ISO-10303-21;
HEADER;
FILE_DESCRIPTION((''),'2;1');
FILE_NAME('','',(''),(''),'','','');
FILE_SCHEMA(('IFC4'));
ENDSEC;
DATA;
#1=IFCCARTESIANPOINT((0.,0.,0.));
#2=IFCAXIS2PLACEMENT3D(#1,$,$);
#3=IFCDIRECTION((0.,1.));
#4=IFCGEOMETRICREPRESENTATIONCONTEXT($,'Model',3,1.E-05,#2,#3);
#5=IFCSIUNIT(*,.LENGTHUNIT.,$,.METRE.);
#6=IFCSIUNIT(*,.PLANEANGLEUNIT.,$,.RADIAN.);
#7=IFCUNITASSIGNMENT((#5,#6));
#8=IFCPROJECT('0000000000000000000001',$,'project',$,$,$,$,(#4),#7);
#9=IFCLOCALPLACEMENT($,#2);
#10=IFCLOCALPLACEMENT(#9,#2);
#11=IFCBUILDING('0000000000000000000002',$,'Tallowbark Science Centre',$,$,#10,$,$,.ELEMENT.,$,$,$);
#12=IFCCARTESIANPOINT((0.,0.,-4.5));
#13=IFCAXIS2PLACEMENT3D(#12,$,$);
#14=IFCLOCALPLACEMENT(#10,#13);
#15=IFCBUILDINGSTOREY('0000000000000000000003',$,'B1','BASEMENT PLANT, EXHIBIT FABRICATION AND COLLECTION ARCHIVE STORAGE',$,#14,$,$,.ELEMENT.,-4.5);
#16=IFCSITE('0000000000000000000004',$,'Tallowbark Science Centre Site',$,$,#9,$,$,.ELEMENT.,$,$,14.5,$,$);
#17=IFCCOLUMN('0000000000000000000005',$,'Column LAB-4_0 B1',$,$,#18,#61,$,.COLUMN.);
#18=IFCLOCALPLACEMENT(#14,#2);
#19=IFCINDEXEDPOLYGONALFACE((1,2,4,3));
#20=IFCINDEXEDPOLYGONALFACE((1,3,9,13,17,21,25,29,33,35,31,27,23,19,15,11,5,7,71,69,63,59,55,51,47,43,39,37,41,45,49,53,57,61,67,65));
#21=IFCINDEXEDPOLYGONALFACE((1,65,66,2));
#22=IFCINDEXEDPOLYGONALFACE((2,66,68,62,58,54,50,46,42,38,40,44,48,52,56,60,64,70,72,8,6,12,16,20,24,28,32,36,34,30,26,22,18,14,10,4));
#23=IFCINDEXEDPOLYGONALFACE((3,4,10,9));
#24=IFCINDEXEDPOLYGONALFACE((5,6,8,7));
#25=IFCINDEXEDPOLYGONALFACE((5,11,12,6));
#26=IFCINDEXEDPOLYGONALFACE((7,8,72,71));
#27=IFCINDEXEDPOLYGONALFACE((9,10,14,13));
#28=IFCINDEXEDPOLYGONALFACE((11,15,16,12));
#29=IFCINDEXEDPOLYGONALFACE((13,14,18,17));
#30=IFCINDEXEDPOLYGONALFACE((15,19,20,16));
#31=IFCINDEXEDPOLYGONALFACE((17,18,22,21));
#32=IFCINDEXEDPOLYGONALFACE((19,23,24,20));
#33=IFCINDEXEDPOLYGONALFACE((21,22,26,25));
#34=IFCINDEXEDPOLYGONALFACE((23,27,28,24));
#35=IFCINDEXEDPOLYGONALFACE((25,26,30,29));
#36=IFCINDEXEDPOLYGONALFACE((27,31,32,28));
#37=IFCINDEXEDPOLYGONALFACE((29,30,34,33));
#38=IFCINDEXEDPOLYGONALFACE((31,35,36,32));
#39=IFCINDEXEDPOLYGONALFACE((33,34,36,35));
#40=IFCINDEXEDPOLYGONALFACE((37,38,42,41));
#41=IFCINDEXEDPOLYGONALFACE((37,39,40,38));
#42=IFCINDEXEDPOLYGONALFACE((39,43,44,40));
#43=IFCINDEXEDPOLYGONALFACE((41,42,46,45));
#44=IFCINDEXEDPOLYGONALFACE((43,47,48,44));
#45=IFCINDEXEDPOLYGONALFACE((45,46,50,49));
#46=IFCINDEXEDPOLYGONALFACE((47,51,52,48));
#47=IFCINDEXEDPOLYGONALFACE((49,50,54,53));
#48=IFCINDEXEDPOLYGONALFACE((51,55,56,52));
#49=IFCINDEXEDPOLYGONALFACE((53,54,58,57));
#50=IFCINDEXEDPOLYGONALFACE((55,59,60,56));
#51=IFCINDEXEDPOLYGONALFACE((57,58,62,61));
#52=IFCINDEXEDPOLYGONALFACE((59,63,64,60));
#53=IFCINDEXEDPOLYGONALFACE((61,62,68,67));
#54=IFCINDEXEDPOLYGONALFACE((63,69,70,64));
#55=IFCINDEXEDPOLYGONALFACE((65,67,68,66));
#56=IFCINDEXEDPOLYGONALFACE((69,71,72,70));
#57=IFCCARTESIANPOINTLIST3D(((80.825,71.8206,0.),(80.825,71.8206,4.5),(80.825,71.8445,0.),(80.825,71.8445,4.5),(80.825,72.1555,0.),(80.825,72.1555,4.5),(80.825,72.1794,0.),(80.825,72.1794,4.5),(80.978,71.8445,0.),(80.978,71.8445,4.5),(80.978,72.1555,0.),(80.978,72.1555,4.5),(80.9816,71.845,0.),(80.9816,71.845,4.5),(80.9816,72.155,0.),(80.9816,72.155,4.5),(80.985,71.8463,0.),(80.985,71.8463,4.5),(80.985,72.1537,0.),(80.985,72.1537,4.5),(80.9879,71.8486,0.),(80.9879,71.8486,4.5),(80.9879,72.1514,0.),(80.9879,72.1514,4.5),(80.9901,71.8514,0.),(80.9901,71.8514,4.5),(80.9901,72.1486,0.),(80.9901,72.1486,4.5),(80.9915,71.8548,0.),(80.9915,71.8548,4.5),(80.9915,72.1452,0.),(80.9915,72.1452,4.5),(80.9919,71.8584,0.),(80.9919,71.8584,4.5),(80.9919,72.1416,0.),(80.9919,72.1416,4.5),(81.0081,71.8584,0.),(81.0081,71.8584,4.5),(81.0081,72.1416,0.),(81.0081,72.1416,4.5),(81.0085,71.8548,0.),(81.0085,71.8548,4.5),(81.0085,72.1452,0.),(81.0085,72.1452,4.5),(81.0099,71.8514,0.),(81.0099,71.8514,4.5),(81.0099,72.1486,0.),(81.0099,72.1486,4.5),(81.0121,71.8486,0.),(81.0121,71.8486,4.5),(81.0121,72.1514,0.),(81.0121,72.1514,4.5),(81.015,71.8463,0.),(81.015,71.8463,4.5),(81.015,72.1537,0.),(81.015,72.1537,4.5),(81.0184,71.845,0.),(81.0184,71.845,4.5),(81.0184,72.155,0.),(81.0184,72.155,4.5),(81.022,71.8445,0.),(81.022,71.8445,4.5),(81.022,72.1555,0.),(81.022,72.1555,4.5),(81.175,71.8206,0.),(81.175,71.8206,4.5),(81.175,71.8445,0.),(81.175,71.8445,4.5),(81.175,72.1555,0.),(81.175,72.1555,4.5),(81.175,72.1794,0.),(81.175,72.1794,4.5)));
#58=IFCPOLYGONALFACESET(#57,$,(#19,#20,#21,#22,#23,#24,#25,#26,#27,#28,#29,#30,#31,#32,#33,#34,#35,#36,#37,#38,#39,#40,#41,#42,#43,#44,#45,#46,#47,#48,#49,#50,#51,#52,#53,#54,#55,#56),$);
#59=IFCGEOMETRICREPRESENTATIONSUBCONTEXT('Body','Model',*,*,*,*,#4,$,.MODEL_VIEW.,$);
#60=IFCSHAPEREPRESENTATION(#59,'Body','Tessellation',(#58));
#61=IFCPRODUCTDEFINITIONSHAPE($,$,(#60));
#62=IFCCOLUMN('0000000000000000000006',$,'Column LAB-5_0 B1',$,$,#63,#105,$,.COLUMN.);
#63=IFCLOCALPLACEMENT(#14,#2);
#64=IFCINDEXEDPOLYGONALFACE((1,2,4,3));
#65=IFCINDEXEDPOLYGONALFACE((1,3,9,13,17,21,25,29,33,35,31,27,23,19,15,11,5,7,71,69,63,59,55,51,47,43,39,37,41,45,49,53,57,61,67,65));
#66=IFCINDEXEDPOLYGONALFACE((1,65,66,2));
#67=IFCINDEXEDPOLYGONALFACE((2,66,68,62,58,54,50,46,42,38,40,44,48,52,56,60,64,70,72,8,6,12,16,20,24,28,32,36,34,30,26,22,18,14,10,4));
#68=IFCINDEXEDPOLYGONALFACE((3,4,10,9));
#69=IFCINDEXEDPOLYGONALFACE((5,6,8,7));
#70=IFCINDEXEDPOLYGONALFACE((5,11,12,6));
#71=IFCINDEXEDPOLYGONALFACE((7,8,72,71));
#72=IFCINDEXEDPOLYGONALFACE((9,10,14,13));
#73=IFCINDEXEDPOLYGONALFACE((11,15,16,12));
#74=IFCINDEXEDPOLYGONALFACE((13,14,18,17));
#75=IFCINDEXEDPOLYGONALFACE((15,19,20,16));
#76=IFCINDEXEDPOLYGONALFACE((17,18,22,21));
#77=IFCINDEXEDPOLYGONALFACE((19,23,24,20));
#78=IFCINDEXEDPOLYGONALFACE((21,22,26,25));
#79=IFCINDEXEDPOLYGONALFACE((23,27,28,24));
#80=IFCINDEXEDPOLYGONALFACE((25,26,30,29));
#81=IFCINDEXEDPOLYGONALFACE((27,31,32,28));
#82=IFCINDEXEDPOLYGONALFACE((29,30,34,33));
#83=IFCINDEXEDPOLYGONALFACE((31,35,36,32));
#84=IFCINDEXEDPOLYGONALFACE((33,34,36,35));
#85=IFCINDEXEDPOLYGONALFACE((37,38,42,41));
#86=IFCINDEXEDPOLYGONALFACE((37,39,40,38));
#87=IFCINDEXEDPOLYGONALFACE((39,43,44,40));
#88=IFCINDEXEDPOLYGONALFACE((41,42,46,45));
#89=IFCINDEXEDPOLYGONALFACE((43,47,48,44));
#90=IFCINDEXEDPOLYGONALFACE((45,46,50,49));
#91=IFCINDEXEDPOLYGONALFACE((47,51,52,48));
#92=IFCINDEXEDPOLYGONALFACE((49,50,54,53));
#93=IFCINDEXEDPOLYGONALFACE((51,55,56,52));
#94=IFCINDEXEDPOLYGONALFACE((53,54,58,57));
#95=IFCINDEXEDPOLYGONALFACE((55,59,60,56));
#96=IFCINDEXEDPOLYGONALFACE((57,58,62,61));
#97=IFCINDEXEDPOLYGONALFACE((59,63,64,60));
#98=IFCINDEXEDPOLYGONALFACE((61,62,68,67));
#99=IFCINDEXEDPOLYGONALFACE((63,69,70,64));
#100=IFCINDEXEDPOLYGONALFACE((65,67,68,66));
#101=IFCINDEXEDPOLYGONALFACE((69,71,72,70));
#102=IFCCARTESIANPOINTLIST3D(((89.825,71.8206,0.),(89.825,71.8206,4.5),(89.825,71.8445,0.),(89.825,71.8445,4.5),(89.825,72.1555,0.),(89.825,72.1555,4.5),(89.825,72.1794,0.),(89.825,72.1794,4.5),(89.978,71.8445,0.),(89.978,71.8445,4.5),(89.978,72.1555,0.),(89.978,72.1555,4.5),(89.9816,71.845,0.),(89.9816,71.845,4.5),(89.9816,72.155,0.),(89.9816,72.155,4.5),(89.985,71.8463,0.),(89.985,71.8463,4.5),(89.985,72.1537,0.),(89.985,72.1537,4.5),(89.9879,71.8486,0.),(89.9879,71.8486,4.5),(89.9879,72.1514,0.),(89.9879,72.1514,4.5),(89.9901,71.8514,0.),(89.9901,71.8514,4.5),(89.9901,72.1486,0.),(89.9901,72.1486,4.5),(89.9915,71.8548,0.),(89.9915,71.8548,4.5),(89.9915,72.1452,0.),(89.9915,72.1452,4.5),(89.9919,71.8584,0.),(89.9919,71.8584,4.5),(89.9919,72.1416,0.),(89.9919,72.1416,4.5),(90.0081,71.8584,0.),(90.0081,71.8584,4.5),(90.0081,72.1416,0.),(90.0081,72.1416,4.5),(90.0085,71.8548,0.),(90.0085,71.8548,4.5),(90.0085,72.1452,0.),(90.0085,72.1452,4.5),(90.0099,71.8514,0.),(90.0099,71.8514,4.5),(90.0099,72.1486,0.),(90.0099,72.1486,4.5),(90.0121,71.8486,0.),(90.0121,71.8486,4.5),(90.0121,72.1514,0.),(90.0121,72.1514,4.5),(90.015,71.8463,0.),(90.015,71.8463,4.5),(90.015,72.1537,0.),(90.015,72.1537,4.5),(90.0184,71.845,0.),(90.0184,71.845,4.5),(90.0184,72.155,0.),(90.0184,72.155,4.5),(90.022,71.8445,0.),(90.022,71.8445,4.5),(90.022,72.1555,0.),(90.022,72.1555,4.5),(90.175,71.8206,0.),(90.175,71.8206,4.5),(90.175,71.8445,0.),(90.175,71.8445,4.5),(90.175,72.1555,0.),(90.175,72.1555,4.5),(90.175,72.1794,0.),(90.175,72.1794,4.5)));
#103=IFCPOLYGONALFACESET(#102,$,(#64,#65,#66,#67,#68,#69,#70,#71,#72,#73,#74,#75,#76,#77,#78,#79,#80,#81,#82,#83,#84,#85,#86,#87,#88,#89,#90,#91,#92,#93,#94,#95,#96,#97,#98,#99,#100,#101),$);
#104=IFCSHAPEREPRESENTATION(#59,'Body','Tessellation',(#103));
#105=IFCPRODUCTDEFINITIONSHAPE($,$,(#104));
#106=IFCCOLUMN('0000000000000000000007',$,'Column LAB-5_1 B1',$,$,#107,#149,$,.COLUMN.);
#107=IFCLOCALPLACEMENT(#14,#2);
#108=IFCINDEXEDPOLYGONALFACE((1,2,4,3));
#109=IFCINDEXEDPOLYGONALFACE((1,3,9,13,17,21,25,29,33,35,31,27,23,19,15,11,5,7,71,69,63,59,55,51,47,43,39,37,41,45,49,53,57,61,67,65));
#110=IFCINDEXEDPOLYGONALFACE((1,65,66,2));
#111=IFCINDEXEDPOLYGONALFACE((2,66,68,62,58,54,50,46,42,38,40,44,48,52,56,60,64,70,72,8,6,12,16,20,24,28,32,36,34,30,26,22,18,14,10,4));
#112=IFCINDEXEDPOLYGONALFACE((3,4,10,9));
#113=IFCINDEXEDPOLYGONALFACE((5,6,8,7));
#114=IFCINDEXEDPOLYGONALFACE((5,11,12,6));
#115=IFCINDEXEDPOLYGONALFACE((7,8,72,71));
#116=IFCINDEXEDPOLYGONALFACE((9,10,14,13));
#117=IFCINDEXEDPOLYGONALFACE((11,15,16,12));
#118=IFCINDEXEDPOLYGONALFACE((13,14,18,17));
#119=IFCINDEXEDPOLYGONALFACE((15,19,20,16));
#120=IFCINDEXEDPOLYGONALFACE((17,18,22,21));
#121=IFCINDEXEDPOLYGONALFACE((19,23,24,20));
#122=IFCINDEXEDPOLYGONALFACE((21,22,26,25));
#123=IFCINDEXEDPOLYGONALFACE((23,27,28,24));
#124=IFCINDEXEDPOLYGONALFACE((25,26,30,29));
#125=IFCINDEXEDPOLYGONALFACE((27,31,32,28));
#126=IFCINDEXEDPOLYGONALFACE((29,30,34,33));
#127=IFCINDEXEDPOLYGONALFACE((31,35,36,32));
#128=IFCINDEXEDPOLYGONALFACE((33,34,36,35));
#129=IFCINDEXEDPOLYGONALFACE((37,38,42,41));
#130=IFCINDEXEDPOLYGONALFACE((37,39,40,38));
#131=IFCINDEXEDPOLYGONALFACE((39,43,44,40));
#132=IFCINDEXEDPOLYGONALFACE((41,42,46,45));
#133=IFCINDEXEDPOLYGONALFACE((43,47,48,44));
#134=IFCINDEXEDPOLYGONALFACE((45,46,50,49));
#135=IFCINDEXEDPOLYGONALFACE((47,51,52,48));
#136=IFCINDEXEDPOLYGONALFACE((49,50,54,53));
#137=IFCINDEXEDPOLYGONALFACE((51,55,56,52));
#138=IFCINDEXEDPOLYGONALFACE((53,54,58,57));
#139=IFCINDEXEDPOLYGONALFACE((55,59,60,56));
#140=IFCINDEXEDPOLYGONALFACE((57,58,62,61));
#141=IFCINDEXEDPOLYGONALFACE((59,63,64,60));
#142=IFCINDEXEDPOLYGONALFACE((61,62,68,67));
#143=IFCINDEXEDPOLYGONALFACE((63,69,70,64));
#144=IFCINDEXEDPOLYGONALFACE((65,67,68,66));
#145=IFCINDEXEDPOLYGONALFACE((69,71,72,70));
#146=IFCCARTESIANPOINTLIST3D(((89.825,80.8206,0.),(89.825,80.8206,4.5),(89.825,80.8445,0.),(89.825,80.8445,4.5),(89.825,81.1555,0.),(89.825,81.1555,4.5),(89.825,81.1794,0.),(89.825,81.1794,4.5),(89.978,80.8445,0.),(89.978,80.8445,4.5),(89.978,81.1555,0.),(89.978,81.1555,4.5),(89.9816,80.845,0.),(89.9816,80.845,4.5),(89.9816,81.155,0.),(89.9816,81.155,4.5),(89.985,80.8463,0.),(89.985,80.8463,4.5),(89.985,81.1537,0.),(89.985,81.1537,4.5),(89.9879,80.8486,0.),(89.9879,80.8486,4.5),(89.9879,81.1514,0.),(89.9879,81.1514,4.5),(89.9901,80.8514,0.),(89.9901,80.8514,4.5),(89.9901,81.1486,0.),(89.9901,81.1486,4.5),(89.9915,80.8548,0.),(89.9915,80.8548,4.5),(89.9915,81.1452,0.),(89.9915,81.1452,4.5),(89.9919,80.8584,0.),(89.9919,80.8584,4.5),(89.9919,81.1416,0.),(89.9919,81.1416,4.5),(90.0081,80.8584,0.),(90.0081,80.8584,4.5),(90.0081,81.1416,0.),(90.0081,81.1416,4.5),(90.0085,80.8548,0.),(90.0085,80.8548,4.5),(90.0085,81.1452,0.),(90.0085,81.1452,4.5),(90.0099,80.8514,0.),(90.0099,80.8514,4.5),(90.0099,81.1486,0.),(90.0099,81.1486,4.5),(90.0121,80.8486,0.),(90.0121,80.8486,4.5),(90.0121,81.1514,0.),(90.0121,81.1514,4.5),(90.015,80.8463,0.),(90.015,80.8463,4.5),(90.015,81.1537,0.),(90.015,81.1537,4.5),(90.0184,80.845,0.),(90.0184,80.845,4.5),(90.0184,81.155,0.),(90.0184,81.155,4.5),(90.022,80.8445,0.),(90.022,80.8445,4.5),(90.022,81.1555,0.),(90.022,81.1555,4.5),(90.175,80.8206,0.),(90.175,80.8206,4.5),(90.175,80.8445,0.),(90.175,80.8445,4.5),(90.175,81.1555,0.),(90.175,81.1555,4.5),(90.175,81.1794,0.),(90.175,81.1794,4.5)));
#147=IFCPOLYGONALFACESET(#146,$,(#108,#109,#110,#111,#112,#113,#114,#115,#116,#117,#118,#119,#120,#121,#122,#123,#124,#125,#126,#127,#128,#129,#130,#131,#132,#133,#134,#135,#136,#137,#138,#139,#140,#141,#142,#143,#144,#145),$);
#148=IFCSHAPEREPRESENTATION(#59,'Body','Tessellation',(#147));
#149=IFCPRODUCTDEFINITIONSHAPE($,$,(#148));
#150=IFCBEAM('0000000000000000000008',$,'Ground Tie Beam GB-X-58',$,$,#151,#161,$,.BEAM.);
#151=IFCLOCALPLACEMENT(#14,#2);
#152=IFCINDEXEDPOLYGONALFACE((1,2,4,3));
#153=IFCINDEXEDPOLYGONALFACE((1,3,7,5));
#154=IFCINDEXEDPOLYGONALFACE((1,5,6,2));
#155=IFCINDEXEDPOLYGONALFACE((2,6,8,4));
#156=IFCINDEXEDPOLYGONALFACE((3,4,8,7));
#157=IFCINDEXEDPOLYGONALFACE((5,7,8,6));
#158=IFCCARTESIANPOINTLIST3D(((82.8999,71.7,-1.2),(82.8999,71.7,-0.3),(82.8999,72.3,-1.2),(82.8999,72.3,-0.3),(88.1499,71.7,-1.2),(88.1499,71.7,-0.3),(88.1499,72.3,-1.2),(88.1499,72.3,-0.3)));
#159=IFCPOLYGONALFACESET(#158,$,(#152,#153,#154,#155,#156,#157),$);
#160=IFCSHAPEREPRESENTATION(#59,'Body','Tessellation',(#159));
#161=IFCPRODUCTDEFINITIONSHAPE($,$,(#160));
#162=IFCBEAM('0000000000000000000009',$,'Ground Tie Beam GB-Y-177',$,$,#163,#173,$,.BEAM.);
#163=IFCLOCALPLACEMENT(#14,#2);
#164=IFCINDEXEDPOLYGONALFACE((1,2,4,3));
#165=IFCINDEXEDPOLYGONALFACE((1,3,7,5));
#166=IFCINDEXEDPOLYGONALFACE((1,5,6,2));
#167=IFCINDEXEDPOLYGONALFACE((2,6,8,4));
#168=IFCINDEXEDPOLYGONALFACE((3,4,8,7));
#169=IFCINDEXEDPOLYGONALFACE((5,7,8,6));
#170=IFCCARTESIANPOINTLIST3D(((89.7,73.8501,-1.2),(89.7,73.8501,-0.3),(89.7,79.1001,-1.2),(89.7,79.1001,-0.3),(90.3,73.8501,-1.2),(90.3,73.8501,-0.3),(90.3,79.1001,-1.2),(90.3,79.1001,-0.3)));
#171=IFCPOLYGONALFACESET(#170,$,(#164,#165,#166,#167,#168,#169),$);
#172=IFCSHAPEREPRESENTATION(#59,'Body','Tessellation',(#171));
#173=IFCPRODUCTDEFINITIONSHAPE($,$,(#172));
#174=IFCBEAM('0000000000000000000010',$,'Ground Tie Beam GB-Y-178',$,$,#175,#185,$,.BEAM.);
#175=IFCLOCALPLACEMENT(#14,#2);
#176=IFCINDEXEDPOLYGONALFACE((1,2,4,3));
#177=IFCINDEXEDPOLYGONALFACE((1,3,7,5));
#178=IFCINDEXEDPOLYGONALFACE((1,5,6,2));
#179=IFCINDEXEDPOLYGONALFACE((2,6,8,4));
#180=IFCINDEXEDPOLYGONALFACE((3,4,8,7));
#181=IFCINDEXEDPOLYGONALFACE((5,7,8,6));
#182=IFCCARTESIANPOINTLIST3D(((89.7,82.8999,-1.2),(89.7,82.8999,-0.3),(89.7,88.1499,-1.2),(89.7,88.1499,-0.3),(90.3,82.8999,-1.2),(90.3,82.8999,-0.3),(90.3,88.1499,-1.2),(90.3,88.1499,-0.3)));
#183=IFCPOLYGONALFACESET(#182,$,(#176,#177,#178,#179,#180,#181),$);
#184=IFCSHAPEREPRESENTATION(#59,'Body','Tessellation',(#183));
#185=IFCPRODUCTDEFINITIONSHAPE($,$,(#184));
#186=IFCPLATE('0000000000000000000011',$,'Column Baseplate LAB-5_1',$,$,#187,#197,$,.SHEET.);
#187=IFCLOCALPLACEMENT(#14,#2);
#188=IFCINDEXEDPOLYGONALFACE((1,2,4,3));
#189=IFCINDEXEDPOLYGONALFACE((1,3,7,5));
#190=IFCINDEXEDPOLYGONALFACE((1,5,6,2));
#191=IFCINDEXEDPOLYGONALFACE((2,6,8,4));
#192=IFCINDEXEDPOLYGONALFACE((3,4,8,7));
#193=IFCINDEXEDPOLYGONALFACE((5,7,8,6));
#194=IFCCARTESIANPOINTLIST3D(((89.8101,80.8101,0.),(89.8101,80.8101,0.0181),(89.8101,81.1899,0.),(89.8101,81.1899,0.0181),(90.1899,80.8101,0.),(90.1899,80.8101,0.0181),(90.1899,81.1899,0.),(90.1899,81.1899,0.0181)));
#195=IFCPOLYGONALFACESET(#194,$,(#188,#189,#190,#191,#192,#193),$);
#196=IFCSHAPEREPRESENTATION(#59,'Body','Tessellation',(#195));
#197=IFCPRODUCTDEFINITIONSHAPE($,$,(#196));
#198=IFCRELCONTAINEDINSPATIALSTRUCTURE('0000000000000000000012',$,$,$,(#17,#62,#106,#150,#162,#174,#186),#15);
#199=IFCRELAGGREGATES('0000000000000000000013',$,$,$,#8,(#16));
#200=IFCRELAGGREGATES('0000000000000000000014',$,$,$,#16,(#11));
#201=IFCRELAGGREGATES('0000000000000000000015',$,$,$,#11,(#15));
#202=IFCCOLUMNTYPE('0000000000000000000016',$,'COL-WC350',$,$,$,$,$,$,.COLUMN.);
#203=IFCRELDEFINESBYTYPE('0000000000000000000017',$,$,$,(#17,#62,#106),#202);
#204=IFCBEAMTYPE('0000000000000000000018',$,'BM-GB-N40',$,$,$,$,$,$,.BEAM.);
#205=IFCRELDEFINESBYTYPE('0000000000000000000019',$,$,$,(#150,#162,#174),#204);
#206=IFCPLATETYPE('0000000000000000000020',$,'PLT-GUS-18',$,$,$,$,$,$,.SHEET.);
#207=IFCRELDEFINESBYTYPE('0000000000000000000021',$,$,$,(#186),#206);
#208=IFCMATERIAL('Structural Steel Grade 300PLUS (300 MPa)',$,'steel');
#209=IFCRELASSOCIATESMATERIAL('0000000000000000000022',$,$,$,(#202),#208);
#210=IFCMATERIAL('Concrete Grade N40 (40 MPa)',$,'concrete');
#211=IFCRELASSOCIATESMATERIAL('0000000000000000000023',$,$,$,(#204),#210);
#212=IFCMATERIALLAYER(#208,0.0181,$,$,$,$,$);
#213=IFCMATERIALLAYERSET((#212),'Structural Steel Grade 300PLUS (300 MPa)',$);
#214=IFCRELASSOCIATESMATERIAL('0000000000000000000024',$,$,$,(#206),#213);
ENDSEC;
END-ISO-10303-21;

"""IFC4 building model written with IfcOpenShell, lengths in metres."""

from ifc_helpers import new_model, si_unit, direction, frame, origin, origin_2d, place, context, subcontext, project, spatial, rectangle, i_section, extrude, material, layer, layer_set, material_profile, profile_set, type_object, element, save


model = new_model("IFC4")

# Units and contexts
model_context = context("Model", 3, precision=1e-05, world=origin(), true_north=direction((0.0, 1.0)))
body_context = subcontext(model_context, "Body", "Model", "MODEL_VIEW")
ifc_project = project(units=[si_unit("LENGTHUNIT", "METRE"), si_unit("PLANEANGLEUNIT", "RADIAN")], contexts=[model_context])

# Site, building, storey
site_placement = place(None, origin())
site = spatial("IfcSite", under=ifc_project, at=site_placement, Name="Tallowbark Science Centre Site", CompositionType="ELEMENT", RefElevation=14.5)
building_placement = place(site_placement, origin())
building = spatial("IfcBuilding", under=site, at=building_placement, Name="Tallowbark Science Centre", CompositionType="ELEMENT")
storey_placement = place(building_placement, frame((0.0, 0.0, -4.5)))
storey = spatial("IfcBuildingStorey", under=building, at=storey_placement, Name="B1", Description="BASEMENT PLANT, EXHIBIT FABRICATION AND COLLECTION ARCHIVE STORAGE", CompositionType="ELEMENT", Elevation=-4.5)

# Shared definitions
ifc_material_1 = material(Name="Concrete Grade N40 (40 MPa)", Category="concrete")

# Columns
ifc_material_2 = material(Name="Structural Steel Grade 300PLUS (300 MPa)", Category="steel")
ifc_material_profile_1 = material_profile(ifc_material_2, i_section(OverallWidth=0.3501, OverallDepth=0.3589, WebThickness=0.0161, FlangeThickness=0.0239, FilletRadius=0.0139, at=origin_2d()), Name="350WC197")
ifc_profile_set_1 = profile_set([ifc_material_profile_1], Name="Structural Steel Grade 300PLUS (300 MPa)")
column_type = type_object("IfcColumnType", Name="COL-WC350", PredefinedType="COLUMN", material=ifc_profile_set_1)
for number, where, z_axis, x_axis, name in (
    (1, (81.0, 72.0, 0.0), (0.0, 0.0, 1.0), (1.0, 0.0, 0.0), "Column LAB-4_0 B1"),
    (2, (90.0, 72.0, 0.0), (0.0, 0.0, 1.0), (1.0, 0.0, 0.0), "Column LAB-5_0 B1"),
    (3, (90.0, 81.0, 0.0), (0.0, 0.0, 1.0), (1.0, 0.0, 0.0), "Column LAB-5_1 B1"),
):
    element("IfcColumn", number, at=place(storey_placement, frame(where, z_axis=z_axis, x_axis=x_axis)), inside=storey, type_object=column_type, Name=name, PredefinedType="COLUMN", context=body_context, shape_type="SweptSolid", body=[
        extrude(i_section(OverallWidth=0.3501, OverallDepth=0.3589, WebThickness=0.0161, FlangeThickness=0.0239, FilletRadius=0.0139, at=origin_2d()), origin(), (0.0, 0.0, 1.0), 4.5),
    ])

# Beams
ifc_material_profile_2 = material_profile(ifc_material_1, rectangle(XDim=0.6001, YDim=0.8999, at=origin_2d()), Name="RC600x900")
ifc_profile_set_2 = profile_set([ifc_material_profile_2], Name="Concrete Grade N40 (40 MPa)")
beam_type = type_object("IfcBeamType", Name="BM-GB-N40", PredefinedType="BEAM", material=ifc_profile_set_2)
for number, where, z_axis, x_axis, name in (
    (4, (82.8999, 72.0, -0.75), (1.0, 0.0, 0.0), (0.0, 1.0, 0.0), "Ground Tie Beam GB-X-58"),
    (5, (90.0, 73.8501, -0.75), (0.0, 1.0, 0.0), (-1.0, 0.0, 0.0), "Ground Tie Beam GB-Y-177"),
    (6, (90.0, 82.8999, -0.75), (0.0, 1.0, 0.0), (-1.0, 0.0, 0.0), "Ground Tie Beam GB-Y-178"),
):
    element("IfcBeam", number, at=place(storey_placement, frame(where, z_axis=z_axis, x_axis=x_axis)), inside=storey, type_object=beam_type, Name=name, PredefinedType="BEAM", context=body_context, shape_type="SweptSolid", body=[
        extrude(rectangle(XDim=0.6001, YDim=0.8999, at=origin_2d()), origin(), (0.0, 0.0, 1.0), 5.25),
    ])

# Plate
ifc_layer_1 = layer(ifc_material_2, 0.0181)
ifc_layer_set_1 = layer_set([ifc_layer_1], Name="Structural Steel Grade 300PLUS (300 MPa)")
plate_type = type_object("IfcPlateType", Name="PLT-GUS-18", PredefinedType="SHEET", material=ifc_layer_set_1)
plate_placement = place(storey_placement, frame((90.0, 81.0, 0.0), z_axis=(0.0, 0.0, 1.0), x_axis=(1.0, 0.0, 0.0)))
element("IfcPlate", 7, at=plate_placement, inside=storey, type_object=plate_type, Name="Column Baseplate LAB-5_1", PredefinedType="SHEET", context=body_context, shape_type="SweptSolid", body=[
    extrude(rectangle(XDim=0.3799, YDim=0.3799, at=origin_2d()), origin(), (0.0, 0.0, 1.0), 0.0181),
])

save(model, "model.ifc")
